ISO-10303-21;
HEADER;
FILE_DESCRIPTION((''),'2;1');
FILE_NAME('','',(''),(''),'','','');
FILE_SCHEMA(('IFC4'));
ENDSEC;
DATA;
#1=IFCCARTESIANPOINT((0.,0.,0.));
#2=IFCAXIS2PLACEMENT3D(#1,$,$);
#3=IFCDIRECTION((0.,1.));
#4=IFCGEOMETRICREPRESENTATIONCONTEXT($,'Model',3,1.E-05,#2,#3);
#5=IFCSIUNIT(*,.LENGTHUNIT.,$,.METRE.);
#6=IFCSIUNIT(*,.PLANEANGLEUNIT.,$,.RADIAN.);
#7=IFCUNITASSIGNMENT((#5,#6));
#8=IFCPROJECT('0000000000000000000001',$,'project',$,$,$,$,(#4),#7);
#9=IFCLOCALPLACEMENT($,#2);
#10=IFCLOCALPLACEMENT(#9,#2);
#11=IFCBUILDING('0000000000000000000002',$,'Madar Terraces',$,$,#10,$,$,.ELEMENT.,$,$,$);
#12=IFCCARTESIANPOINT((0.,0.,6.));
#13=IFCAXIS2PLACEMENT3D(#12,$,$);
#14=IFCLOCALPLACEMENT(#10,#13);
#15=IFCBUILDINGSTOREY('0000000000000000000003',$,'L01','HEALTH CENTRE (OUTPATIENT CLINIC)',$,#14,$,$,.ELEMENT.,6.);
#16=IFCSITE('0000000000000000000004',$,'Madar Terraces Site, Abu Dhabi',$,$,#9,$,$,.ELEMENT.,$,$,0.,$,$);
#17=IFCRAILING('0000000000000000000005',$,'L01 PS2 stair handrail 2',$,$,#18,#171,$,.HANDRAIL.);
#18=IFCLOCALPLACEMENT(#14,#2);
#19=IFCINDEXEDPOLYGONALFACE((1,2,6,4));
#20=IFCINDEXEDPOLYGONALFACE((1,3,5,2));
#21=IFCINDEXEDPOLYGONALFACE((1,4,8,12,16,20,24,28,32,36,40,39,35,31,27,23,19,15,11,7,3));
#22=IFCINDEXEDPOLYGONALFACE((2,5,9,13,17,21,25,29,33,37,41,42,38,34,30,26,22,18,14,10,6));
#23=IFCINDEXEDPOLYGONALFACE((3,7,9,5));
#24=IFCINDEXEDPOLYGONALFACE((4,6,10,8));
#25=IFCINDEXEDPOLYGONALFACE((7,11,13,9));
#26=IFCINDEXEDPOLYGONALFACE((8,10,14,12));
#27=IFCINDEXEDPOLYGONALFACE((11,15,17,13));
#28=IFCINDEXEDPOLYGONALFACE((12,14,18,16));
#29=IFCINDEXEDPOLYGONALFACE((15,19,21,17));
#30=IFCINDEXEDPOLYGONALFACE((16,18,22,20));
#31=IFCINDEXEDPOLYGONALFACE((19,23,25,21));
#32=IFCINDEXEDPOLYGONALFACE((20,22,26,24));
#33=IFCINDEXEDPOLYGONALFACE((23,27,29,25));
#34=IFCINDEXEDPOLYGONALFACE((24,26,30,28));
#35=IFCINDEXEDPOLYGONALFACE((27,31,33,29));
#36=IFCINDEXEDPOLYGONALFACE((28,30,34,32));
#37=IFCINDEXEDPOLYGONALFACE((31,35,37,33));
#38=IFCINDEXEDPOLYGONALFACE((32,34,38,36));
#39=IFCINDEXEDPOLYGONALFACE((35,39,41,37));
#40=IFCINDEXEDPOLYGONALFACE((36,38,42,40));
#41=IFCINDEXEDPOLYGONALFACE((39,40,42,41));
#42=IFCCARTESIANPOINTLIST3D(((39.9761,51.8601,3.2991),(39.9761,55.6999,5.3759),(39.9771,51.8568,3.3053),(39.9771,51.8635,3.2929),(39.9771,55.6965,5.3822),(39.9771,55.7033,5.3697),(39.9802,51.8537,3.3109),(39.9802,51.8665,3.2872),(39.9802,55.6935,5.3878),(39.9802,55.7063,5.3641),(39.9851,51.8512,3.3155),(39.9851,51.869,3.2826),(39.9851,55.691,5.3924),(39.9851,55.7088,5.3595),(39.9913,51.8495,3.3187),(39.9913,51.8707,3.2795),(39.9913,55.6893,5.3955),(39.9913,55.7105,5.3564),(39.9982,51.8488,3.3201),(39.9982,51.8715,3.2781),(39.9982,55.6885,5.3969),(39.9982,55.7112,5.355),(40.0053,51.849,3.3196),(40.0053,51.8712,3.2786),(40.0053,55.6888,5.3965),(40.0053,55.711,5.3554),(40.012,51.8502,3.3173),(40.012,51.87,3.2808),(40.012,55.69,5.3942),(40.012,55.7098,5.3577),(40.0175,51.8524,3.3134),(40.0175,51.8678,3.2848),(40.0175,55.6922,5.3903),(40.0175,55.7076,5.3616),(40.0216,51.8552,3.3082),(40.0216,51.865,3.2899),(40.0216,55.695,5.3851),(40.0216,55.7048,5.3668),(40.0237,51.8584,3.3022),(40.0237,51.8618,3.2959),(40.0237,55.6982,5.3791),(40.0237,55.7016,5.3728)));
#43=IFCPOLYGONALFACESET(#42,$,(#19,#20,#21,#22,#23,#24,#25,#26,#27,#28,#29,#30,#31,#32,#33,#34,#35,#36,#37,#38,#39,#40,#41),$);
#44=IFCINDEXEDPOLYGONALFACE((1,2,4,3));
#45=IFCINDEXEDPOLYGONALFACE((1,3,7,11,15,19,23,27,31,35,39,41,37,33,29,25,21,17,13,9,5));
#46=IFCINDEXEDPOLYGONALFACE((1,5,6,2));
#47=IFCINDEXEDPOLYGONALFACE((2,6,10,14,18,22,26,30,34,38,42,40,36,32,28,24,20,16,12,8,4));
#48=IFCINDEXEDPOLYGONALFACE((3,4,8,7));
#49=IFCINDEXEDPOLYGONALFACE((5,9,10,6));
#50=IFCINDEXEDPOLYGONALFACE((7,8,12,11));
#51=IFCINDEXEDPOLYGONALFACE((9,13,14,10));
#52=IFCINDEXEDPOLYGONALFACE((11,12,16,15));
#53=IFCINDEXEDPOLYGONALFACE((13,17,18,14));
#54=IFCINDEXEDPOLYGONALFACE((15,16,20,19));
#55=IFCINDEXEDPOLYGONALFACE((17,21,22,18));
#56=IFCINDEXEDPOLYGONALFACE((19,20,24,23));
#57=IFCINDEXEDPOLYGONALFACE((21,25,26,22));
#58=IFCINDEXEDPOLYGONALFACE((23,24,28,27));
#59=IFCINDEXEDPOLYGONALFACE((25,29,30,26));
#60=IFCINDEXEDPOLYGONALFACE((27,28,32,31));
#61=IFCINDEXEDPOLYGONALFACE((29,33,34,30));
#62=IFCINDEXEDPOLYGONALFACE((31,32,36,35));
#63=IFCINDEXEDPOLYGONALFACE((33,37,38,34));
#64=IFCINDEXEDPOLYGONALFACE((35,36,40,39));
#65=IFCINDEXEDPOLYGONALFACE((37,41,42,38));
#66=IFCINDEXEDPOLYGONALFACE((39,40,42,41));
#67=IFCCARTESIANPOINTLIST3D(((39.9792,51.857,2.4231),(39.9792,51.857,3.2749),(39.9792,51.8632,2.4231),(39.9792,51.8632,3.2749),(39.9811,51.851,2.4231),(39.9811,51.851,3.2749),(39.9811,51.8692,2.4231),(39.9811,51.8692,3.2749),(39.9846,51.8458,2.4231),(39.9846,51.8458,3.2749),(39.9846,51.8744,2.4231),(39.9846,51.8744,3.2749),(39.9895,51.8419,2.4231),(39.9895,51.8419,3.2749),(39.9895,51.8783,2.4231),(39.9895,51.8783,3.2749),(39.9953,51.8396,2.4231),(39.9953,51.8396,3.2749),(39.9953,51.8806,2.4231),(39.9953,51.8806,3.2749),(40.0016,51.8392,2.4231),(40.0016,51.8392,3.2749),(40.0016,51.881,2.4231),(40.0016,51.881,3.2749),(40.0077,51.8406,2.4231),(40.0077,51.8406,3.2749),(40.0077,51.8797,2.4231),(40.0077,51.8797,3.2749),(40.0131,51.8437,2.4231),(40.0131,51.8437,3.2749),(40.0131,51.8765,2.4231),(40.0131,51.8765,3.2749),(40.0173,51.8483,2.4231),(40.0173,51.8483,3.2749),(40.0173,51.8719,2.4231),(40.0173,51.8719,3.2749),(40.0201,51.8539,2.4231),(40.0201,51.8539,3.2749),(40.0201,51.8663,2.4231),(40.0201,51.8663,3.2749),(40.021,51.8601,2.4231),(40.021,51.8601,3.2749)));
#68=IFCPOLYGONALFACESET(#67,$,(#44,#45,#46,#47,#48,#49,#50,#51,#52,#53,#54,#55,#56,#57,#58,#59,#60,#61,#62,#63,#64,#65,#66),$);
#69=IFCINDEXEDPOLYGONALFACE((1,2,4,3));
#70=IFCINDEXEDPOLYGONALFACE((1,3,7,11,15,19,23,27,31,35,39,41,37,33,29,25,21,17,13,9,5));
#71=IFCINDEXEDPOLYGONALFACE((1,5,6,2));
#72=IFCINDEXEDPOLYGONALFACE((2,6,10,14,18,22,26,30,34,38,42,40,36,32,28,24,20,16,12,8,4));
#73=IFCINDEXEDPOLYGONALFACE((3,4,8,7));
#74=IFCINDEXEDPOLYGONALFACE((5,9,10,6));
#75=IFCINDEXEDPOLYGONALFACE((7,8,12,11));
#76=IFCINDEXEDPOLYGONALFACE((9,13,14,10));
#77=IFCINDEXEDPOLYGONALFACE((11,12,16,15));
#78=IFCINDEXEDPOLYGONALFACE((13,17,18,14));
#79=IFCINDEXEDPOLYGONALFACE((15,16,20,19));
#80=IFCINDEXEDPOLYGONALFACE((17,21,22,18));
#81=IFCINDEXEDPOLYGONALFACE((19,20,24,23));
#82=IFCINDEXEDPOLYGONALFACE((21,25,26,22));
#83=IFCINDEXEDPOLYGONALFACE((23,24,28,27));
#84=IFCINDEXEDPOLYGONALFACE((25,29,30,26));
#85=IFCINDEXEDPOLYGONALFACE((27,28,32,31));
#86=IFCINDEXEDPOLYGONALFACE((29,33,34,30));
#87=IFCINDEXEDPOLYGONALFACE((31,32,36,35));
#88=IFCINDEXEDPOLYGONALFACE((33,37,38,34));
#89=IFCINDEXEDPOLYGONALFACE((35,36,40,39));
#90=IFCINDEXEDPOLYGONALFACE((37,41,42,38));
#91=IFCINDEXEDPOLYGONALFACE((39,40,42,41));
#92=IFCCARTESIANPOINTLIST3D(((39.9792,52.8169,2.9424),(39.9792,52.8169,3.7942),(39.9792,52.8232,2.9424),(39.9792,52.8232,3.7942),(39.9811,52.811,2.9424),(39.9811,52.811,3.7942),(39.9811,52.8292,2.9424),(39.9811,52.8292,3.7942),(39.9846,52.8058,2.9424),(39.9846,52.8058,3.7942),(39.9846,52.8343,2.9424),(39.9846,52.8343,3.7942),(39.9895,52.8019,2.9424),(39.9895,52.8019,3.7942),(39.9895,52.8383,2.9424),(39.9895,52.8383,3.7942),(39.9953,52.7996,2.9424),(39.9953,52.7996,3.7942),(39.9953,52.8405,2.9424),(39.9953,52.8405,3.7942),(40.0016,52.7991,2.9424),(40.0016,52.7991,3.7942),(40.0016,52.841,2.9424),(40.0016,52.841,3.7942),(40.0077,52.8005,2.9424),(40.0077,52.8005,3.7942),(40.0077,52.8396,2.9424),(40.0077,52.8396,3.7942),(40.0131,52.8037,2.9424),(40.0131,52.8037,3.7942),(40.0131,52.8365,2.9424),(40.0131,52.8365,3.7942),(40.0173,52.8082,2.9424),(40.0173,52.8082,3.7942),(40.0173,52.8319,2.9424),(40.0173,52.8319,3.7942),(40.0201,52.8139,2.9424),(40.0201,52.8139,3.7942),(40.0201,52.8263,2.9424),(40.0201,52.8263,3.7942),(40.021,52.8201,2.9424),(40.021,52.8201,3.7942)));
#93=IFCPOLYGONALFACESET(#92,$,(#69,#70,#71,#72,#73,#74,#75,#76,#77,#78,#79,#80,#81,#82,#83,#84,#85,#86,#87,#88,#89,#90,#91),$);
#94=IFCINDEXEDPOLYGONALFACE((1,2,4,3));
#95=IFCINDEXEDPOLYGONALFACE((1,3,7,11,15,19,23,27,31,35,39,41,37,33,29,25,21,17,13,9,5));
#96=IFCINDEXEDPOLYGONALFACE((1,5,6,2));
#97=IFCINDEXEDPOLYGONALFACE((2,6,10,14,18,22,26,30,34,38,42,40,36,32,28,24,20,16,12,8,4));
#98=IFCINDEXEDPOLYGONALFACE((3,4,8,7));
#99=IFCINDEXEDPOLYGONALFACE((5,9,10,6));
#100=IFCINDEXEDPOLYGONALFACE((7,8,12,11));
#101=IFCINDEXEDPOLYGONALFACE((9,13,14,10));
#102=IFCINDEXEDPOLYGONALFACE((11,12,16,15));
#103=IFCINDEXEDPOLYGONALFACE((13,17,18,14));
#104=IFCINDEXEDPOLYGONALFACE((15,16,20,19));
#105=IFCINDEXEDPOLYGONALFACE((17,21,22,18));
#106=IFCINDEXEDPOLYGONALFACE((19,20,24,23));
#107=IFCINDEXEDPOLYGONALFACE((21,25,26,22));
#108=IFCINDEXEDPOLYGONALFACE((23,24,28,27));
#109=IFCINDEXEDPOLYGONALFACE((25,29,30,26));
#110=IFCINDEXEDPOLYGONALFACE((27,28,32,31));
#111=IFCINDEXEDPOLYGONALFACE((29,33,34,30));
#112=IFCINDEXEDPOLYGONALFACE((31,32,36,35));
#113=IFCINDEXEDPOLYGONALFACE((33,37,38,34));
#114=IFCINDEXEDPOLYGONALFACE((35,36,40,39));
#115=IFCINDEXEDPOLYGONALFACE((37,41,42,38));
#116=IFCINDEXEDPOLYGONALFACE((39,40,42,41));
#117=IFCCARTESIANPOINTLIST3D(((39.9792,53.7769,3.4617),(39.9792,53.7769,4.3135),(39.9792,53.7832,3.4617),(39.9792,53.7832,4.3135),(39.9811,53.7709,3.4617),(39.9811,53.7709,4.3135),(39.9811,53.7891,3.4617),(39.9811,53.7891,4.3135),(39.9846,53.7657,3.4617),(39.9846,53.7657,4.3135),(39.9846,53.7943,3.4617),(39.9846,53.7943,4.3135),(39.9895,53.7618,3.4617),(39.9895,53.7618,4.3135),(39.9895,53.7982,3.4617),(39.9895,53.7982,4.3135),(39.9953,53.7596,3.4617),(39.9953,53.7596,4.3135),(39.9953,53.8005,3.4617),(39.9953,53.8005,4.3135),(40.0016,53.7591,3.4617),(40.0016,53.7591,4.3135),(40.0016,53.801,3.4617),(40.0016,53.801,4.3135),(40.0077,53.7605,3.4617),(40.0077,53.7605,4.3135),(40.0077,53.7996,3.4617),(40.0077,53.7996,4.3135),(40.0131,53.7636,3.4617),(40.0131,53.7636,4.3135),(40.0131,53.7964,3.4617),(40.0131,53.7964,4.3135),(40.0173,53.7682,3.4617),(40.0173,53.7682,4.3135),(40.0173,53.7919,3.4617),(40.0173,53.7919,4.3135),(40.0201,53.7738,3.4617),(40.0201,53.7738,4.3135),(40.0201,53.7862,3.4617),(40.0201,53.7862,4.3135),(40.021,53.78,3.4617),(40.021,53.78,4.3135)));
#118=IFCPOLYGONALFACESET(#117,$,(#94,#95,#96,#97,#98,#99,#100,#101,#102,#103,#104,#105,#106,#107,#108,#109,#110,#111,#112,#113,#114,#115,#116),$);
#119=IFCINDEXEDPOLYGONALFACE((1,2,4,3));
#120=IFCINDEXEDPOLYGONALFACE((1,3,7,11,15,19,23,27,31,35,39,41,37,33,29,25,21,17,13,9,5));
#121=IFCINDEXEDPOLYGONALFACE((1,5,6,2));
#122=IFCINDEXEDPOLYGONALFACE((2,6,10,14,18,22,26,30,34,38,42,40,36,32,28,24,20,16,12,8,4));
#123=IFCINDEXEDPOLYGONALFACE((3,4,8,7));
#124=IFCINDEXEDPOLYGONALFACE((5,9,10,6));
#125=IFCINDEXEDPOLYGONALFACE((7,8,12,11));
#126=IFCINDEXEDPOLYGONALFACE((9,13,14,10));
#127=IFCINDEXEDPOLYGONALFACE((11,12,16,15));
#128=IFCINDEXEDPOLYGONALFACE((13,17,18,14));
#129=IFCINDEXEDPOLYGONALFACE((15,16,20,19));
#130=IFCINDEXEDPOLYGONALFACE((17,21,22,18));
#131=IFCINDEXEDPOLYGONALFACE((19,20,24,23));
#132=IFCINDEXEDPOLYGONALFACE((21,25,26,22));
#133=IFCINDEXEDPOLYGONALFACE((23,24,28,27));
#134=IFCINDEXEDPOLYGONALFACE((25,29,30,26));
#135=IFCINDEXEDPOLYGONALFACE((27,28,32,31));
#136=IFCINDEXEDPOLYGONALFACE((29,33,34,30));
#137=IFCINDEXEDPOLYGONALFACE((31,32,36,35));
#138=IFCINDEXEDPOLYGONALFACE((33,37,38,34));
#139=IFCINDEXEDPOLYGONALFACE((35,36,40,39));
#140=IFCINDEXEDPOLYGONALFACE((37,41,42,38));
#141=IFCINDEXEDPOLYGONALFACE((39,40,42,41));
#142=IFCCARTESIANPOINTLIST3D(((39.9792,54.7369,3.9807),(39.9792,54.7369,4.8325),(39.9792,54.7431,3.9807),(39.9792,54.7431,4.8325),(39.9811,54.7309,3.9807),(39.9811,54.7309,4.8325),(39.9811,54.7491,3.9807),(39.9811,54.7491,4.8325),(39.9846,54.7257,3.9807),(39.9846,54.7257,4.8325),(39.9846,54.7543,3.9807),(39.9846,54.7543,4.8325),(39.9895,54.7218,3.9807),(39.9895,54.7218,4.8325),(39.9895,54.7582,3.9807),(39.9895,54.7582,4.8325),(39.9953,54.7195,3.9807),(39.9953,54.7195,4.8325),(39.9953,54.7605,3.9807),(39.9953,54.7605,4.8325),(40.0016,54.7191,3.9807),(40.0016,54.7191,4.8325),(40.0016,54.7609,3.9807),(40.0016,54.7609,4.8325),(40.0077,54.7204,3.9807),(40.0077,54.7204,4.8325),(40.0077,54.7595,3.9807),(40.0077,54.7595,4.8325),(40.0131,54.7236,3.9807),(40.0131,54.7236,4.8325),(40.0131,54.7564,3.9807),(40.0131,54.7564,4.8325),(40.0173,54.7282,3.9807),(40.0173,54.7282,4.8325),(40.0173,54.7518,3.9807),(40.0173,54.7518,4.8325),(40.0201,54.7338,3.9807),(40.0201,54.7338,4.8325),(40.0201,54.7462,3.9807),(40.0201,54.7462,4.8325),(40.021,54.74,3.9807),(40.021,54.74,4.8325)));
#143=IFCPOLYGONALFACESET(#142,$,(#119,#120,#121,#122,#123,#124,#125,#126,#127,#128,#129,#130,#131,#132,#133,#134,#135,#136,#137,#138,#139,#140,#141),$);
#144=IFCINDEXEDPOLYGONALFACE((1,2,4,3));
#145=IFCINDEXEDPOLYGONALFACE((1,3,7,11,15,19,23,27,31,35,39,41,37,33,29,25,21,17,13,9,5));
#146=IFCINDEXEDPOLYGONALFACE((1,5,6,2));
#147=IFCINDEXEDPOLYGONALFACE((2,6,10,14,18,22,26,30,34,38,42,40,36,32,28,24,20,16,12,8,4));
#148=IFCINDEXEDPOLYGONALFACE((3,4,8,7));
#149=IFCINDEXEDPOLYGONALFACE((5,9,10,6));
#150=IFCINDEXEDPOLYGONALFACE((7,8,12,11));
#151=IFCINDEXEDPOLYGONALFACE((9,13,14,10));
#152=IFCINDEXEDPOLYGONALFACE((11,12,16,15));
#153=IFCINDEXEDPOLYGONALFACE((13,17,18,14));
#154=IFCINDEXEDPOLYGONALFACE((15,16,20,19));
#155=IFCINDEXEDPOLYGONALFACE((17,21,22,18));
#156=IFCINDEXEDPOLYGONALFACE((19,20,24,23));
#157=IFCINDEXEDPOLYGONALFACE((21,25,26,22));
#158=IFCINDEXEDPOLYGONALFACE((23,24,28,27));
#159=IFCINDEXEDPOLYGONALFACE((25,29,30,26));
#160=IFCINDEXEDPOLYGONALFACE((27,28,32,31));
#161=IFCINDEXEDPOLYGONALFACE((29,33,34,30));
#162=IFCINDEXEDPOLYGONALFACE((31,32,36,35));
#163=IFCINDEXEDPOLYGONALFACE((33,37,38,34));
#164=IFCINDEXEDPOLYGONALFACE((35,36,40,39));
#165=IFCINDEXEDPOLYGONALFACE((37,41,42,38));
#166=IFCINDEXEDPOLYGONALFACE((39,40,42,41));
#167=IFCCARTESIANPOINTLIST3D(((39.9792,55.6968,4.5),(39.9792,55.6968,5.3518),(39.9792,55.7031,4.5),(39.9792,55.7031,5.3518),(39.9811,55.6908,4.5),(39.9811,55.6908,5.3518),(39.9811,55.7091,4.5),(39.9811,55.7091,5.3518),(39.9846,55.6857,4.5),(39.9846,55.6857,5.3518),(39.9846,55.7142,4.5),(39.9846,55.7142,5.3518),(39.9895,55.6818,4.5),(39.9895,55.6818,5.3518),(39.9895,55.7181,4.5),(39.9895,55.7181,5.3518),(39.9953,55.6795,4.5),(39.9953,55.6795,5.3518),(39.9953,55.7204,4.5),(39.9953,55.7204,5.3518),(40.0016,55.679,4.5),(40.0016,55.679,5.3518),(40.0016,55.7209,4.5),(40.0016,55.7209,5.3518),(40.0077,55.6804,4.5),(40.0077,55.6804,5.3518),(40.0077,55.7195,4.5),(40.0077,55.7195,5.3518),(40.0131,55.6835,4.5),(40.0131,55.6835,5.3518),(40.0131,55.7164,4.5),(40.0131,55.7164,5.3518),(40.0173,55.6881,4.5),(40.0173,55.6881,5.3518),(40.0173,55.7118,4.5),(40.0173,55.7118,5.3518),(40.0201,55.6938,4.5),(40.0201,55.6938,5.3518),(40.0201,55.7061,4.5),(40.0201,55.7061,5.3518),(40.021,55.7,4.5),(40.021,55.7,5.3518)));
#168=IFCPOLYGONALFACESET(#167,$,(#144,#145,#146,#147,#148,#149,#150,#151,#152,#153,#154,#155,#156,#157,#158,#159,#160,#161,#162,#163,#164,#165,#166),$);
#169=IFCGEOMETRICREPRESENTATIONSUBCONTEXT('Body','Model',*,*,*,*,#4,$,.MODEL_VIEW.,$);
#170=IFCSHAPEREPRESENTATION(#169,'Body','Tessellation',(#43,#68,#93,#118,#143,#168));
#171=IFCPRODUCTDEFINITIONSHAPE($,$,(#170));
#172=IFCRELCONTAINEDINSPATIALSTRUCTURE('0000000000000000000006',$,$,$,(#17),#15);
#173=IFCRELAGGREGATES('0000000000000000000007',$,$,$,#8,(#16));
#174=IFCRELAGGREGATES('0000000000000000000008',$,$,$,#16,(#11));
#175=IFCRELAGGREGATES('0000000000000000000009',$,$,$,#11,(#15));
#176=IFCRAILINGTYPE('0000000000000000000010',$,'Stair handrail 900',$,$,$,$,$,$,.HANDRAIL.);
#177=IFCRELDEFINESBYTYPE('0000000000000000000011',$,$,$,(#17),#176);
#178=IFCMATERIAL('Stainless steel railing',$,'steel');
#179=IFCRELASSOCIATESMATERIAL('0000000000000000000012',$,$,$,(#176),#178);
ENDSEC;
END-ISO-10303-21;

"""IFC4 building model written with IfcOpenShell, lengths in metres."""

from ifc_helpers import new_model, si_unit, direction, frame, origin, origin_2d, place, context, subcontext, project, spatial, circle, extrude, material, type_object, element, save


model = new_model("IFC4")

# Units and contexts
model_context = context("Model", 3, precision=1e-05, world=origin(), true_north=direction((0.0, 1.0)))
body_context = subcontext(model_context, "Body", "Model", "MODEL_VIEW")
ifc_project = project(units=[si_unit("LENGTHUNIT", "METRE"), si_unit("PLANEANGLEUNIT", "RADIAN")], contexts=[model_context])

# Site, building, storey
site_placement = place(None, origin())
site = spatial("IfcSite", under=ifc_project, at=site_placement, Name="Madar Terraces Site, Abu Dhabi", CompositionType="ELEMENT", RefElevation=0.0)
building_placement = place(site_placement, origin())
building = spatial("IfcBuilding", under=site, at=building_placement, Name="Madar Terraces", CompositionType="ELEMENT")
storey_placement = place(building_placement, frame((0.0, 0.0, 6.0)))
storey = spatial("IfcBuildingStorey", under=building, at=storey_placement, Name="L01", Description="HEALTH CENTRE (OUTPATIENT CLINIC)", CompositionType="ELEMENT", Elevation=6.0)

# Railing
ifc_material_1 = material(Name="Stainless steel railing", Category="steel")
railing_type_1 = type_object("IfcRailingType", Name="Stair handrail 900", PredefinedType="HANDRAIL", material=ifc_material_1)
railing_1_placement = place(storey_placement, frame((40.0, 51.8601, 2.4231)))
element("IfcRailing", 1, at=railing_1_placement, inside=storey, type_object=railing_type_1, Name="L01 PS2 stair handrail 2", PredefinedType="HANDRAIL", context=body_context, shape_type="SweptSolid", body=[
    extrude(circle(Radius=0.0239, at=origin_2d()), frame((0.0, 0.0, 0.876), z_axis=(0.0, 0.879581, 0.47575), x_axis=(-1.0, 0.0, 0.0)), (0.0, 0.0, 1.0), 4.3655),
    extrude(circle(Radius=0.021, at=origin_2d()), origin(), (0.0, 0.0, 1.0), 0.8518),
    extrude(circle(Radius=0.021, at=origin_2d()), frame((0.0, 0.96, 0.5193)), (0.0, 0.0, 1.0), 0.8518),
    extrude(circle(Radius=0.021, at=origin_2d()), frame((0.0, 1.9199, 1.0386)), (0.0, 0.0, 1.0), 0.8518),
    extrude(circle(Radius=0.021, at=origin_2d()), frame((0.0, 2.8799, 1.5576)), (0.0, 0.0, 1.0), 0.8518),
    extrude(circle(Radius=0.021, at=origin_2d()), frame((0.0, 3.8398, 2.0769)), (0.0, 0.0, 1.0), 0.8518),
])

save(model, "model.ifc")
